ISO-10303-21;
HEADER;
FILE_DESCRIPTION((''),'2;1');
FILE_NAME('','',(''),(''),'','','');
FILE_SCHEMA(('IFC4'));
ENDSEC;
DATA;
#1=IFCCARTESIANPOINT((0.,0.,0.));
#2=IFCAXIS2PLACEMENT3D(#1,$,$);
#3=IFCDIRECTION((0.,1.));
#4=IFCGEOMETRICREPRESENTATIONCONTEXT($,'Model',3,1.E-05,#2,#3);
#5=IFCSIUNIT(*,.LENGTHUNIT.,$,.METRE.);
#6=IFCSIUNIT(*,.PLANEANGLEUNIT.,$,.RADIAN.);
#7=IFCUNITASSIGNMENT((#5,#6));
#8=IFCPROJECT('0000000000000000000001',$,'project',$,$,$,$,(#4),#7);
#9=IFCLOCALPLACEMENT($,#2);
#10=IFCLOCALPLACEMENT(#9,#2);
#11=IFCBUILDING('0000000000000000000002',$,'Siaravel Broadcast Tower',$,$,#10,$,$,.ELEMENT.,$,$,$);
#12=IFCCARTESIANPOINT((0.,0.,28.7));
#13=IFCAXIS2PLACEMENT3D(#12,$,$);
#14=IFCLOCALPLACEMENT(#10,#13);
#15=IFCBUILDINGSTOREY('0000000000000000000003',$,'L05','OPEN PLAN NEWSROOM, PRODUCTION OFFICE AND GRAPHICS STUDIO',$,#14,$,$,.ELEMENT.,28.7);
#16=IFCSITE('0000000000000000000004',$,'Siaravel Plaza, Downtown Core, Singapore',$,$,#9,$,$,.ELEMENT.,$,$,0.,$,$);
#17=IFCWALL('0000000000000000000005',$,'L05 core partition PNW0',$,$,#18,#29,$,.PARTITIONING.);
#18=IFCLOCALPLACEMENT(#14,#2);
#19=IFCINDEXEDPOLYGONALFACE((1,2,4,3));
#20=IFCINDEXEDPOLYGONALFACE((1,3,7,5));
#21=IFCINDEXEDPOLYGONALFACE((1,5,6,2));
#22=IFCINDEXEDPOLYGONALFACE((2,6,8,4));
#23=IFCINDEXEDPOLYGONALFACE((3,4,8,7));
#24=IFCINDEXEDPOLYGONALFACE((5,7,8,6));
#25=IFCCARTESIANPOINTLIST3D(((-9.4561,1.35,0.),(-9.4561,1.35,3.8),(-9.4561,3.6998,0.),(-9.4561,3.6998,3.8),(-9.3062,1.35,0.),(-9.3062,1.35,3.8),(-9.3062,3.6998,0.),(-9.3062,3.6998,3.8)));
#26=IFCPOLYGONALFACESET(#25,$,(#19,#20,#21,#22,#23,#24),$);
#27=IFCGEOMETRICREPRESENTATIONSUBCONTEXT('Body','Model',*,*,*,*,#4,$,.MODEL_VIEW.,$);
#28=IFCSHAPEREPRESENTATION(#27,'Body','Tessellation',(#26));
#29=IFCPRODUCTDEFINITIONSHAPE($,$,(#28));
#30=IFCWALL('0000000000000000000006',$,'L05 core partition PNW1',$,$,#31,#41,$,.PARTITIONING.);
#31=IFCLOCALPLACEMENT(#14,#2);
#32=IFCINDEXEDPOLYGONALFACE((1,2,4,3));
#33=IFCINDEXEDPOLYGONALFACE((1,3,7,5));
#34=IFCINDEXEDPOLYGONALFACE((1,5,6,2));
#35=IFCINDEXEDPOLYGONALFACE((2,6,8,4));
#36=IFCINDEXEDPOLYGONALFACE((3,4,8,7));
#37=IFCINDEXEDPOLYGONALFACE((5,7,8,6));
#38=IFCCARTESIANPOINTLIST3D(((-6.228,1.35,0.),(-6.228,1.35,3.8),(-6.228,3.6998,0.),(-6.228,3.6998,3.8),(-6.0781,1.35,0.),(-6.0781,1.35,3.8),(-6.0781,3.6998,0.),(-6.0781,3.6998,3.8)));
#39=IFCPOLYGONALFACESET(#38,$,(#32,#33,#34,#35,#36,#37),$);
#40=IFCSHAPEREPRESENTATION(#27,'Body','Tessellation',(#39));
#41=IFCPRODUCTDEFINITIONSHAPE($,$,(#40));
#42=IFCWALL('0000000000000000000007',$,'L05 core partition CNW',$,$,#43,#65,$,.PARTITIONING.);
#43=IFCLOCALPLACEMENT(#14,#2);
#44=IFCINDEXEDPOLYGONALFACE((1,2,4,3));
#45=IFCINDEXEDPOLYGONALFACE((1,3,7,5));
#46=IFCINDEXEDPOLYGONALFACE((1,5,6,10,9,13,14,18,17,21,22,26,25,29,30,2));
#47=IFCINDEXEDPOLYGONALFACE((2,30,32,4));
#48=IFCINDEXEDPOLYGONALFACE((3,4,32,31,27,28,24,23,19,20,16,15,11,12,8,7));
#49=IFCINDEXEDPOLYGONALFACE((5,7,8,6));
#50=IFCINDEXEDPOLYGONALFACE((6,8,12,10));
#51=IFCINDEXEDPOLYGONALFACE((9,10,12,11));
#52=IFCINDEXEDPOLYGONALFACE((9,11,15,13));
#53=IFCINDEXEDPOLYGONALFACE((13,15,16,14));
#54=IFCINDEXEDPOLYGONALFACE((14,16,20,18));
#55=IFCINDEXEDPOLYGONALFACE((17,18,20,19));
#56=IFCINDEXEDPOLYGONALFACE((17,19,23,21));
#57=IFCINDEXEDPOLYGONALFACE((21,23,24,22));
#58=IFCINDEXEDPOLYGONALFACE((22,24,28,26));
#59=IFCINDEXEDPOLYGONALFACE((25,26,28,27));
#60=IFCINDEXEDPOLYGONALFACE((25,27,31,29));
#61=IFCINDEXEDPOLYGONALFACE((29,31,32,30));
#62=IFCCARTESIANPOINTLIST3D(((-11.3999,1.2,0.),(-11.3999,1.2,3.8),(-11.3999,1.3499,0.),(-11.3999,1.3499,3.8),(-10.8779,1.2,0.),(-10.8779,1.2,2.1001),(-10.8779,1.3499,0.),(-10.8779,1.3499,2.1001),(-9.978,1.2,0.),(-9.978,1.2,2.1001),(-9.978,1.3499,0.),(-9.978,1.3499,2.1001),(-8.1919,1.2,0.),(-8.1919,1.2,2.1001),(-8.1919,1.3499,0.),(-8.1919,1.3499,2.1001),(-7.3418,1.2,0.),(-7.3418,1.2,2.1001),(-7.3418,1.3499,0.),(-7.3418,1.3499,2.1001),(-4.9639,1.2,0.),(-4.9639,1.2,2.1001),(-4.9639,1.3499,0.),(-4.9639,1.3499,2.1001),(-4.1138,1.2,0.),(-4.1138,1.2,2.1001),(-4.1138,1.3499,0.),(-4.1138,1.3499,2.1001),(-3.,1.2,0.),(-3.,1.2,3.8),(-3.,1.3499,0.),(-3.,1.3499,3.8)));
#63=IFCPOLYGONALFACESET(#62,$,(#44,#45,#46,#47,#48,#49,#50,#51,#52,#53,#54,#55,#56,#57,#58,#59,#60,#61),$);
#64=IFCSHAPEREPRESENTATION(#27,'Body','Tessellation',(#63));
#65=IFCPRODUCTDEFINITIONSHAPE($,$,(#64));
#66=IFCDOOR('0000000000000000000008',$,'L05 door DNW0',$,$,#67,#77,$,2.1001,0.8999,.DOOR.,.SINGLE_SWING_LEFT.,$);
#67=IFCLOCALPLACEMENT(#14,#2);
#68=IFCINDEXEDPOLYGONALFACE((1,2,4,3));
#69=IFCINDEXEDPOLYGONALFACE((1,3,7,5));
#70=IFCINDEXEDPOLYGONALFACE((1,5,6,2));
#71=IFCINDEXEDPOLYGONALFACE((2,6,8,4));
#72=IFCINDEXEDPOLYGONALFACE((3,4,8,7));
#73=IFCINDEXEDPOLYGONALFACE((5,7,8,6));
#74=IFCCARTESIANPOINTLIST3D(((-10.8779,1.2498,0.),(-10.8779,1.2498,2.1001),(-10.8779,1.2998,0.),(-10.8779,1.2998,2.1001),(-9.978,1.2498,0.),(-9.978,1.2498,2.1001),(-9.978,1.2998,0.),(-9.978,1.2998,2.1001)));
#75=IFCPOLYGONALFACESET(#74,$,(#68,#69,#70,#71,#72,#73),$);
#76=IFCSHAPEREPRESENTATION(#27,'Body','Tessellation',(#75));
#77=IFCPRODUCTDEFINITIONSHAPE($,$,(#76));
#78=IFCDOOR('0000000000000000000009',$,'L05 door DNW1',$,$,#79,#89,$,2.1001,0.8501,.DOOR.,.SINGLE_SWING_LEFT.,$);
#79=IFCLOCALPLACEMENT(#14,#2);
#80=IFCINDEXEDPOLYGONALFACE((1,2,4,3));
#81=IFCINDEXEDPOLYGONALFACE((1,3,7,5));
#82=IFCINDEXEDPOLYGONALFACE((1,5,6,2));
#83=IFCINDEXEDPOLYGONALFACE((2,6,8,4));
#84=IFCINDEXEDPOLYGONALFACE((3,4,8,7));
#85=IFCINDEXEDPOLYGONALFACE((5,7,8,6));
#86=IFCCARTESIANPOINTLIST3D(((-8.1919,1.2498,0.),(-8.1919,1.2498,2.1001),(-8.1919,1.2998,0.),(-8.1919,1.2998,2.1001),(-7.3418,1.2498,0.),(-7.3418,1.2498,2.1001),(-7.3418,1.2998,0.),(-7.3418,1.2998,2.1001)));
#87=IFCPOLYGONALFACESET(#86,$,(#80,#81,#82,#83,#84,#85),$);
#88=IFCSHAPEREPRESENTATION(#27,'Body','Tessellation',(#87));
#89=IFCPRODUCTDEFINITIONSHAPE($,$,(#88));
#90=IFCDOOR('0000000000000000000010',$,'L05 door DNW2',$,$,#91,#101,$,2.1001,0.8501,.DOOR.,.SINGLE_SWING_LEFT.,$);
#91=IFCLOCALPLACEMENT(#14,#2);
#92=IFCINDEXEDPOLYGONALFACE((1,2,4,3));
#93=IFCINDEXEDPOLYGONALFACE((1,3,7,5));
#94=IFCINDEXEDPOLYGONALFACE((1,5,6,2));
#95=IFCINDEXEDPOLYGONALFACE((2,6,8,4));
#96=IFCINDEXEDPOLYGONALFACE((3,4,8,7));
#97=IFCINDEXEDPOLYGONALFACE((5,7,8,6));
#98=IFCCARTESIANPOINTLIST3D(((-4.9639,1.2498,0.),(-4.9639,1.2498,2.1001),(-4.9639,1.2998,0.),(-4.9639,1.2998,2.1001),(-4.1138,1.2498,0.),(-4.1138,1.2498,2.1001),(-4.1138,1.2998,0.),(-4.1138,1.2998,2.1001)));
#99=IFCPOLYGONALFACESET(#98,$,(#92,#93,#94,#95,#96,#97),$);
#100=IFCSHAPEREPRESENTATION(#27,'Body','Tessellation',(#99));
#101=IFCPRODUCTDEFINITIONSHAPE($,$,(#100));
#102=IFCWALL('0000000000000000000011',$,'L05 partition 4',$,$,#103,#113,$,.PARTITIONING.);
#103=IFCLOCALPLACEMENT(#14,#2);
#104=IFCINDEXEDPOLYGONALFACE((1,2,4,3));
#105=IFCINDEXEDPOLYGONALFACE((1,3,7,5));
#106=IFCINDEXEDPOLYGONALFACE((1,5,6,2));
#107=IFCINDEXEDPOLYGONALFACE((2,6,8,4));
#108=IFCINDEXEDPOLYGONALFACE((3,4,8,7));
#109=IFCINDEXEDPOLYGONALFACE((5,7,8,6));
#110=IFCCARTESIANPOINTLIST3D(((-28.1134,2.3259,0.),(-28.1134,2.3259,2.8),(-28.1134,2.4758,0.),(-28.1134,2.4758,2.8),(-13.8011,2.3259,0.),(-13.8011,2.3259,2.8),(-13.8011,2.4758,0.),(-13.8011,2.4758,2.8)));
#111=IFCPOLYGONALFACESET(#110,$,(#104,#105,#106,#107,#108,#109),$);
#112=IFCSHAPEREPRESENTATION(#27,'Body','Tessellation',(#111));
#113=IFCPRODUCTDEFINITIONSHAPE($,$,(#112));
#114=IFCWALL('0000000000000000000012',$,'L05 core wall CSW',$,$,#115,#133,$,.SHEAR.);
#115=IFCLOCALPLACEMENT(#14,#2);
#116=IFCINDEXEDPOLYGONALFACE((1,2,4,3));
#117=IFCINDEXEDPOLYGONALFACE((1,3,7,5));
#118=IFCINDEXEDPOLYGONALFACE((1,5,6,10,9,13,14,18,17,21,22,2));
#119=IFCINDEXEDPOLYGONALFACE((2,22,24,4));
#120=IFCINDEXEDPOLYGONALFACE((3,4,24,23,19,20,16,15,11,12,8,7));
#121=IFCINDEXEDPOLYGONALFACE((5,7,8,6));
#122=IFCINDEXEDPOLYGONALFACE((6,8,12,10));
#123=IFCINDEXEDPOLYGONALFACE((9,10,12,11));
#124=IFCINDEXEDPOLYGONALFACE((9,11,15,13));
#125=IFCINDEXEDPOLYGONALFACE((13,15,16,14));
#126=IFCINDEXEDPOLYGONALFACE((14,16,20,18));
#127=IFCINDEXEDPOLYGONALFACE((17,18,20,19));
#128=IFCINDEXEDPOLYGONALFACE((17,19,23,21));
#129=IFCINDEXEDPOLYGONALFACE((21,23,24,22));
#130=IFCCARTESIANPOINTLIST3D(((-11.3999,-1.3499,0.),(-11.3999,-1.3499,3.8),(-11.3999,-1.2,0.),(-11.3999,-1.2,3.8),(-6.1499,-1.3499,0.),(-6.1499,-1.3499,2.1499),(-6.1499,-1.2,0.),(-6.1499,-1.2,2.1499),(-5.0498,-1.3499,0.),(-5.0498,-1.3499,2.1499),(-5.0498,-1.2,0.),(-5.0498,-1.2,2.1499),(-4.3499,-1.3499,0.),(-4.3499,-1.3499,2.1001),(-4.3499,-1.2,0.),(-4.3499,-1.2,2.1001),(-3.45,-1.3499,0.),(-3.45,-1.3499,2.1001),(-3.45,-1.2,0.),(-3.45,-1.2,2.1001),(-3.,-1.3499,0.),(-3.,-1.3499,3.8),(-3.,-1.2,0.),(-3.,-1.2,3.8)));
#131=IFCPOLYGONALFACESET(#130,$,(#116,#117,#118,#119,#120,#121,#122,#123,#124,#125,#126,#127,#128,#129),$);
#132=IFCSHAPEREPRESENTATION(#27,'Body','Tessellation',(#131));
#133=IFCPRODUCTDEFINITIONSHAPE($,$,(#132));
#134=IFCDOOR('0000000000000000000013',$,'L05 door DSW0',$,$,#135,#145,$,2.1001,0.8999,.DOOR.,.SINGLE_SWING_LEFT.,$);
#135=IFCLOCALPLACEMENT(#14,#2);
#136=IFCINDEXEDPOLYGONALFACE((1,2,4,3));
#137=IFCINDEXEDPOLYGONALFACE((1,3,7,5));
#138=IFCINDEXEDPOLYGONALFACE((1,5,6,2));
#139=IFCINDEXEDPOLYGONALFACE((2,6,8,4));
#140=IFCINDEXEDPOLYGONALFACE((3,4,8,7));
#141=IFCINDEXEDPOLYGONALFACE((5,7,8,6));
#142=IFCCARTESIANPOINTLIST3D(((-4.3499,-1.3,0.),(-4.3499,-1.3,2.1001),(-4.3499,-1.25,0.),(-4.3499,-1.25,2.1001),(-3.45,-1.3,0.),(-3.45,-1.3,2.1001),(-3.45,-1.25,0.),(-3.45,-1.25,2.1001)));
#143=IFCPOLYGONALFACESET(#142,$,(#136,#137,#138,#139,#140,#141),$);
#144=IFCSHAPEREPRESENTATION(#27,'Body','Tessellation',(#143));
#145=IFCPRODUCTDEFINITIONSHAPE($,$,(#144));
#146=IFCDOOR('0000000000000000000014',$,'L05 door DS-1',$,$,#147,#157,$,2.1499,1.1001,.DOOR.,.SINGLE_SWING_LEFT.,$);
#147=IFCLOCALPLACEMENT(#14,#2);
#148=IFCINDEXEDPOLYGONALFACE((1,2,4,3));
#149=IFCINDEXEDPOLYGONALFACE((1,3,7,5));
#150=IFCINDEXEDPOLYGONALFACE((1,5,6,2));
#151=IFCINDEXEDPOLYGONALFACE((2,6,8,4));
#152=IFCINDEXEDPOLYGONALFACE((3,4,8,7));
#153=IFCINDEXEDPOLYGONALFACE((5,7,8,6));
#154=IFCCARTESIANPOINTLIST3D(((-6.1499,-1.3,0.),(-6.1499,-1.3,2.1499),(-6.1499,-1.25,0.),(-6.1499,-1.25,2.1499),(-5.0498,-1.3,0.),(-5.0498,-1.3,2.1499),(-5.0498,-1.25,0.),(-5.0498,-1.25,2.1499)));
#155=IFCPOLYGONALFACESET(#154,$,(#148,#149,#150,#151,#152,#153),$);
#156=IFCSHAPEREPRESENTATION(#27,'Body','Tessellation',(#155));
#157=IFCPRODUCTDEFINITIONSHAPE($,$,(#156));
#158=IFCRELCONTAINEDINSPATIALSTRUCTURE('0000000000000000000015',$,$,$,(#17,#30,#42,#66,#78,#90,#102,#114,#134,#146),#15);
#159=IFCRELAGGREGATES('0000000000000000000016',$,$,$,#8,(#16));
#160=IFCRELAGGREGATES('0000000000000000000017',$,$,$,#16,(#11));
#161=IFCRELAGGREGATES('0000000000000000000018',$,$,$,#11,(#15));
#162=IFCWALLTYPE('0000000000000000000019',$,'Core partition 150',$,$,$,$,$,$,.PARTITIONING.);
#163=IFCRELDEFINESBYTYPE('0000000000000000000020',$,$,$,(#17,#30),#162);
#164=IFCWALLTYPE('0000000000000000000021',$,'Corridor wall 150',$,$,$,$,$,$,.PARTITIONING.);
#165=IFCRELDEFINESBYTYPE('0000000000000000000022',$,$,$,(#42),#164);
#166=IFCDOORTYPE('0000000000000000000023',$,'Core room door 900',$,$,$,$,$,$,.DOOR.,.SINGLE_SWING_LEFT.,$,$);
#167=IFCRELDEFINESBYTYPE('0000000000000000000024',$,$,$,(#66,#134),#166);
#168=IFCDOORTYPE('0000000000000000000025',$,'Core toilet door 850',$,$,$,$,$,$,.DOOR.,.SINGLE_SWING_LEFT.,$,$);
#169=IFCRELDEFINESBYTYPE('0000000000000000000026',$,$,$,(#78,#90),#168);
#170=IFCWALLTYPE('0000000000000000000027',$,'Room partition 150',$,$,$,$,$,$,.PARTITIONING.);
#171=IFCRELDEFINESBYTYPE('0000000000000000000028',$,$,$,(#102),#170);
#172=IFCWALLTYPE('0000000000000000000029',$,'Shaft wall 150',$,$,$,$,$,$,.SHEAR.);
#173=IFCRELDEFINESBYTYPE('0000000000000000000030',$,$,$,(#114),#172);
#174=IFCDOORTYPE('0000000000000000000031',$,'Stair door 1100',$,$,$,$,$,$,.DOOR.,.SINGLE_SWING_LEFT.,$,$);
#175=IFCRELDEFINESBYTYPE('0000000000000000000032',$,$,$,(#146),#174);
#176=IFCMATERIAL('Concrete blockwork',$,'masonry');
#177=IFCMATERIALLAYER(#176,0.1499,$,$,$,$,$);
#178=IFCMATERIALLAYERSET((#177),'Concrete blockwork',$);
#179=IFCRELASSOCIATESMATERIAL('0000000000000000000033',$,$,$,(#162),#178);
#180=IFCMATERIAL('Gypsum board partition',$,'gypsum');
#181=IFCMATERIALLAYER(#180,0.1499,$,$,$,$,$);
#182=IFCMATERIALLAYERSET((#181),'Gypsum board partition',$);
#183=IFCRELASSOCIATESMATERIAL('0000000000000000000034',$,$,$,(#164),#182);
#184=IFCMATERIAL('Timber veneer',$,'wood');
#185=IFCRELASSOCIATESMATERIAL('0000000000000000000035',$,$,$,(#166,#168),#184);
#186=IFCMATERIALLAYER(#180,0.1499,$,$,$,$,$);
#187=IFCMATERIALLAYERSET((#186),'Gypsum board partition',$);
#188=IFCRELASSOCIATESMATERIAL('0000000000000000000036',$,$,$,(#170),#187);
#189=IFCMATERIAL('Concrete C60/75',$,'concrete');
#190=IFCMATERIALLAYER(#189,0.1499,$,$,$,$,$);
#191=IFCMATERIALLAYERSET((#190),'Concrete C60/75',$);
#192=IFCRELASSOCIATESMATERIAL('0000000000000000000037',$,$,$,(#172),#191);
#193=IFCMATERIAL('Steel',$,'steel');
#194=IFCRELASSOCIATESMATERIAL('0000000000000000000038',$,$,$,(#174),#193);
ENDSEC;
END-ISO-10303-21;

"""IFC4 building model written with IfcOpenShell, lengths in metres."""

from ifc_helpers import new_model, si_unit, direction, frame, frame_2d, origin, place, context, subcontext, project, spatial, rectangle, extrude, material, layer, layer_set, type_object, element, fill, save


model = new_model("IFC4")

# Units and contexts
model_context = context("Model", 3, precision=1e-05, world=origin(), true_north=direction((0.0, 1.0)))
body_context = subcontext(model_context, "Body", "Model", "MODEL_VIEW")
ifc_project = project(units=[si_unit("LENGTHUNIT", "METRE"), si_unit("PLANEANGLEUNIT", "RADIAN")], contexts=[model_context])

# Site, building, storey
site_placement = place(None, origin())
site = spatial("IfcSite", under=ifc_project, at=site_placement, Name="Siaravel Plaza, Downtown Core, Singapore", CompositionType="ELEMENT", RefElevation=0.0)
building_placement = place(site_placement, origin())
building = spatial("IfcBuilding", under=site, at=building_placement, Name="Siaravel Broadcast Tower", CompositionType="ELEMENT")
storey_placement = place(building_placement, frame((0.0, 0.0, 28.7)))
storey = spatial("IfcBuildingStorey", under=building, at=storey_placement, Name="L05", Description="OPEN PLAN NEWSROOM, PRODUCTION OFFICE AND GRAPHICS STUDIO", CompositionType="ELEMENT", Elevation=28.7)

# Walls
ifc_material_1 = material(Name="Concrete blockwork", Category="masonry")
ifc_layer_1 = layer(ifc_material_1, 0.1499)
ifc_layer_set_1 = layer_set([ifc_layer_1], Name="Concrete blockwork")
wall_type_1 = type_object("IfcWallType", Name="Core partition 150", PredefinedType="PARTITIONING", material=ifc_layer_set_1)
for number, where, z_axis, x_axis, name in (
    (1, (-9.3811, 1.3501, 0.0), (0.0, 0.0, 1.0), (0.0, 1.0, 0.0), "L05 core partition PNW0"),
    (2, (-6.1531, 1.3501, 0.0), (0.0, 0.0, 1.0), (0.0, 1.0, 0.0), "L05 core partition PNW1"),
):
    element("IfcWall", number, at=place(storey_placement, frame(where, z_axis=z_axis, x_axis=x_axis)), inside=storey, type_object=wall_type_1, Name=name, PredefinedType="PARTITIONING", context=body_context, shape_type="SweptSolid", body=[
        extrude(rectangle(XDim=2.3499, YDim=0.1499, at=frame_2d((1.1748, 0.0))), origin(), (0.0, 0.0, 1.0), 3.8),
    ])

# Wall, openings, doors
ifc_material_2 = material(Name="Gypsum board partition", Category="gypsum")
ifc_layer_2 = layer(ifc_material_2, 0.1499)
ifc_layer_set_2 = layer_set([ifc_layer_2], Name="Gypsum board partition")
wall_type_2 = type_object("IfcWallType", Name="Corridor wall 150", PredefinedType="PARTITIONING", material=ifc_layer_set_2)
wall_1_placement = place(storey_placement, frame((-11.3999, 1.2749, 0.0), z_axis=(0.0, 0.0, 1.0), x_axis=(1.0, 0.0, 0.0)))
wall_1 = element("IfcWall", 3, at=wall_1_placement, inside=storey, type_object=wall_type_2, Name="L05 core partition CNW", PredefinedType="PARTITIONING", context=body_context, shape_type="SweptSolid", body=[
    extrude(rectangle(XDim=8.3999, YDim=0.1499, at=frame_2d((4.2, 0.0))), origin(), (0.0, 0.0, 1.0), 3.8),
])
opening_1_placement = place(wall_1_placement, frame((0.522, 0.0, 0.0)))
opening_1 = element("IfcOpeningElement", 4, at=opening_1_placement, cuts=wall_1, PredefinedType="OPENING", context=body_context, shape_type="SweptSolid", body=[
    extrude(rectangle(XDim=0.8999, YDim=2.1001, at=frame_2d((0.45, 1.05))), frame((0.0, 0.085, 0.0), z_axis=(0.0, -1.0, 0.0), x_axis=(1.0, 0.0, 0.0)), (0.0, 0.0, 1.0), 0.1699),
])
opening_2_placement = place(wall_1_placement, frame((3.208, 0.0, 0.0)))
opening_2 = element("IfcOpeningElement", 5, at=opening_2_placement, cuts=wall_1, PredefinedType="OPENING", context=body_context, shape_type="SweptSolid", body=[
    extrude(rectangle(XDim=0.8501, YDim=2.1001, at=frame_2d((0.425, 1.05))), frame((0.0, 0.085, 0.0), z_axis=(0.0, -1.0, 0.0), x_axis=(1.0, 0.0, 0.0)), (0.0, 0.0, 1.0), 0.1699),
])
opening_3_placement = place(wall_1_placement, frame((6.436, 0.0, 0.0)))
opening_3 = element("IfcOpeningElement", 6, at=opening_3_placement, cuts=wall_1, PredefinedType="OPENING", context=body_context, shape_type="SweptSolid", body=[
    extrude(rectangle(XDim=0.8501, YDim=2.1001, at=frame_2d((0.425, 1.05))), frame((0.0, 0.085, 0.0), z_axis=(0.0, -1.0, 0.0), x_axis=(1.0, 0.0, 0.0)), (0.0, 0.0, 1.0), 0.1699),
])
ifc_material_3 = material(Name="Timber veneer", Category="wood")
door_type_1 = type_object("IfcDoorType", Name="Core room door 900", OperationType="SINGLE_SWING_LEFT", PredefinedType="DOOR", material=ifc_material_3)
door_1_placement = place(opening_1_placement, origin())
door_1 = element("IfcDoor", 7, at=door_1_placement, inside=storey, type_object=door_type_1, Name="L05 door DNW0", OperationType="SINGLE_SWING_LEFT", OverallHeight=2.1001, OverallWidth=0.8999, PredefinedType="DOOR", context=body_context, shape_type="SweptSolid", body=[
    extrude(rectangle(XDim=0.8999, YDim=2.1001, at=frame_2d((0.45, 1.05))), frame((0.0, 0.0249, 0.0), z_axis=(0.0, -1.0, 0.0), x_axis=(1.0, 0.0, 0.0)), (0.0, 0.0, 1.0), 0.05),
])
fill(opening_1, door_1)
door_type_2 = type_object("IfcDoorType", Name="Core toilet door 850", OperationType="SINGLE_SWING_LEFT", PredefinedType="DOOR", material=ifc_material_3)
door_2_placement = place(opening_2_placement, origin())
door_2 = element("IfcDoor", 8, at=door_2_placement, inside=storey, type_object=door_type_2, Name="L05 door DNW1", OperationType="SINGLE_SWING_LEFT", OverallHeight=2.1001, OverallWidth=0.8501, PredefinedType="DOOR", context=body_context, shape_type="SweptSolid", body=[
    extrude(rectangle(XDim=0.8501, YDim=2.1001, at=frame_2d((0.425, 1.05))), frame((0.0, 0.0249, 0.0), z_axis=(0.0, -1.0, 0.0), x_axis=(1.0, 0.0, 0.0)), (0.0, 0.0, 1.0), 0.05),
])
fill(opening_2, door_2)
door_3_placement = place(opening_3_placement, origin())
door_3 = element("IfcDoor", 9, at=door_3_placement, inside=storey, type_object=door_type_2, Name="L05 door DNW2", OperationType="SINGLE_SWING_LEFT", OverallHeight=2.1001, OverallWidth=0.8501, PredefinedType="DOOR", context=body_context, shape_type="SweptSolid", body=[
    extrude(rectangle(XDim=0.8501, YDim=2.1001, at=frame_2d((0.425, 1.05))), frame((0.0, 0.0249, 0.0), z_axis=(0.0, -1.0, 0.0), x_axis=(1.0, 0.0, 0.0)), (0.0, 0.0, 1.0), 0.05),
])
fill(opening_3, door_3)

# Wall
ifc_layer_3 = layer(ifc_material_2, 0.1499)
ifc_layer_set_3 = layer_set([ifc_layer_3], Name="Gypsum board partition")
wall_type_3 = type_object("IfcWallType", Name="Room partition 150", PredefinedType="PARTITIONING", material=ifc_layer_set_3)
wall_2_placement = place(storey_placement, frame((-13.801, 2.4009, 0.0), z_axis=(0.0, 0.0, 1.0), x_axis=(-1.0, 0.0, 0.0)))
element("IfcWall", 10, at=wall_2_placement, inside=storey, type_object=wall_type_3, Name="L05 partition 4", PredefinedType="PARTITIONING", context=body_context, shape_type="SweptSolid", body=[
    extrude(rectangle(XDim=14.3123, YDim=0.1499, at=frame_2d((7.1562, 0.0))), origin(), (0.0, 0.0, 1.0), 2.8),
])

# Wall, openings, doors
ifc_material_4 = material(Name="Concrete C60/75", Category="concrete")
ifc_layer_4 = layer(ifc_material_4, 0.1499)
ifc_layer_set_4 = layer_set([ifc_layer_4], Name="Concrete C60/75")
wall_type_4 = type_object("IfcWallType", Name="Shaft wall 150", PredefinedType="SHEAR", material=ifc_layer_set_4)
wall_3_placement = place(storey_placement, frame((-11.3999, -1.2749, 0.0), z_axis=(0.0, 0.0, 1.0), x_axis=(1.0, 0.0, 0.0)))
wall_3 = element("IfcWall", 11, at=wall_3_placement, inside=storey, type_object=wall_type_4, Name="L05 core wall CSW", PredefinedType="SHEAR", context=body_context, shape_type="SweptSolid", body=[
    extrude(rectangle(XDim=8.3999, YDim=0.1499, at=frame_2d((4.2, 0.0))), origin(), (0.0, 0.0, 1.0), 3.8),
])
opening_4_placement = place(wall_3_placement, frame((5.25, 0.0, 0.0)))
opening_4 = element("IfcOpeningElement", 12, at=opening_4_placement, cuts=wall_3, PredefinedType="OPENING", context=body_context, shape_type="SweptSolid", body=[
    extrude(rectangle(XDim=1.1001, YDim=2.1499, at=frame_2d((0.55, 1.075))), frame((0.0, 0.085, 0.0), z_axis=(0.0, -1.0, 0.0), x_axis=(1.0, 0.0, 0.0)), (0.0, 0.0, 1.0), 0.1699),
])
opening_5_placement = place(wall_3_placement, frame((7.05, 0.0, 0.0)))
opening_5 = element("IfcOpeningElement", 13, at=opening_5_placement, cuts=wall_3, PredefinedType="OPENING", context=body_context, shape_type="SweptSolid", body=[
    extrude(rectangle(XDim=0.8999, YDim=2.1001, at=frame_2d((0.45, 1.05))), frame((0.0, 0.085, 0.0), z_axis=(0.0, -1.0, 0.0), x_axis=(1.0, 0.0, 0.0)), (0.0, 0.0, 1.0), 0.1699),
])
door_4_placement = place(opening_5_placement, origin())
door_4 = element("IfcDoor", 14, at=door_4_placement, inside=storey, type_object=door_type_1, Name="L05 door DSW0", OperationType="SINGLE_SWING_LEFT", OverallHeight=2.1001, OverallWidth=0.8999, PredefinedType="DOOR", context=body_context, shape_type="SweptSolid", body=[
    extrude(rectangle(XDim=0.8999, YDim=2.1001, at=frame_2d((0.45, 1.05))), frame((0.0, 0.0249, 0.0), z_axis=(0.0, -1.0, 0.0), x_axis=(1.0, 0.0, 0.0)), (0.0, 0.0, 1.0), 0.05),
])
fill(opening_5, door_4)
ifc_material_5 = material(Name="Steel", Category="steel")
door_type_3 = type_object("IfcDoorType", Name="Stair door 1100", OperationType="SINGLE_SWING_LEFT", PredefinedType="DOOR", material=ifc_material_5)
door_5_placement = place(opening_4_placement, origin())
door_5 = element("IfcDoor", 15, at=door_5_placement, inside=storey, type_object=door_type_3, Name="L05 door DS-1", OperationType="SINGLE_SWING_LEFT", OverallHeight=2.1499, OverallWidth=1.1001, PredefinedType="DOOR", context=body_context, shape_type="SweptSolid", body=[
    extrude(rectangle(XDim=1.1001, YDim=2.1499, at=frame_2d((0.55, 1.075))), frame((0.0, 0.0249, 0.0), z_axis=(0.0, -1.0, 0.0), x_axis=(1.0, 0.0, 0.0)), (0.0, 0.0, 1.0), 0.05),
])
fill(opening_4, door_5)

save(model, "model.ifc")
